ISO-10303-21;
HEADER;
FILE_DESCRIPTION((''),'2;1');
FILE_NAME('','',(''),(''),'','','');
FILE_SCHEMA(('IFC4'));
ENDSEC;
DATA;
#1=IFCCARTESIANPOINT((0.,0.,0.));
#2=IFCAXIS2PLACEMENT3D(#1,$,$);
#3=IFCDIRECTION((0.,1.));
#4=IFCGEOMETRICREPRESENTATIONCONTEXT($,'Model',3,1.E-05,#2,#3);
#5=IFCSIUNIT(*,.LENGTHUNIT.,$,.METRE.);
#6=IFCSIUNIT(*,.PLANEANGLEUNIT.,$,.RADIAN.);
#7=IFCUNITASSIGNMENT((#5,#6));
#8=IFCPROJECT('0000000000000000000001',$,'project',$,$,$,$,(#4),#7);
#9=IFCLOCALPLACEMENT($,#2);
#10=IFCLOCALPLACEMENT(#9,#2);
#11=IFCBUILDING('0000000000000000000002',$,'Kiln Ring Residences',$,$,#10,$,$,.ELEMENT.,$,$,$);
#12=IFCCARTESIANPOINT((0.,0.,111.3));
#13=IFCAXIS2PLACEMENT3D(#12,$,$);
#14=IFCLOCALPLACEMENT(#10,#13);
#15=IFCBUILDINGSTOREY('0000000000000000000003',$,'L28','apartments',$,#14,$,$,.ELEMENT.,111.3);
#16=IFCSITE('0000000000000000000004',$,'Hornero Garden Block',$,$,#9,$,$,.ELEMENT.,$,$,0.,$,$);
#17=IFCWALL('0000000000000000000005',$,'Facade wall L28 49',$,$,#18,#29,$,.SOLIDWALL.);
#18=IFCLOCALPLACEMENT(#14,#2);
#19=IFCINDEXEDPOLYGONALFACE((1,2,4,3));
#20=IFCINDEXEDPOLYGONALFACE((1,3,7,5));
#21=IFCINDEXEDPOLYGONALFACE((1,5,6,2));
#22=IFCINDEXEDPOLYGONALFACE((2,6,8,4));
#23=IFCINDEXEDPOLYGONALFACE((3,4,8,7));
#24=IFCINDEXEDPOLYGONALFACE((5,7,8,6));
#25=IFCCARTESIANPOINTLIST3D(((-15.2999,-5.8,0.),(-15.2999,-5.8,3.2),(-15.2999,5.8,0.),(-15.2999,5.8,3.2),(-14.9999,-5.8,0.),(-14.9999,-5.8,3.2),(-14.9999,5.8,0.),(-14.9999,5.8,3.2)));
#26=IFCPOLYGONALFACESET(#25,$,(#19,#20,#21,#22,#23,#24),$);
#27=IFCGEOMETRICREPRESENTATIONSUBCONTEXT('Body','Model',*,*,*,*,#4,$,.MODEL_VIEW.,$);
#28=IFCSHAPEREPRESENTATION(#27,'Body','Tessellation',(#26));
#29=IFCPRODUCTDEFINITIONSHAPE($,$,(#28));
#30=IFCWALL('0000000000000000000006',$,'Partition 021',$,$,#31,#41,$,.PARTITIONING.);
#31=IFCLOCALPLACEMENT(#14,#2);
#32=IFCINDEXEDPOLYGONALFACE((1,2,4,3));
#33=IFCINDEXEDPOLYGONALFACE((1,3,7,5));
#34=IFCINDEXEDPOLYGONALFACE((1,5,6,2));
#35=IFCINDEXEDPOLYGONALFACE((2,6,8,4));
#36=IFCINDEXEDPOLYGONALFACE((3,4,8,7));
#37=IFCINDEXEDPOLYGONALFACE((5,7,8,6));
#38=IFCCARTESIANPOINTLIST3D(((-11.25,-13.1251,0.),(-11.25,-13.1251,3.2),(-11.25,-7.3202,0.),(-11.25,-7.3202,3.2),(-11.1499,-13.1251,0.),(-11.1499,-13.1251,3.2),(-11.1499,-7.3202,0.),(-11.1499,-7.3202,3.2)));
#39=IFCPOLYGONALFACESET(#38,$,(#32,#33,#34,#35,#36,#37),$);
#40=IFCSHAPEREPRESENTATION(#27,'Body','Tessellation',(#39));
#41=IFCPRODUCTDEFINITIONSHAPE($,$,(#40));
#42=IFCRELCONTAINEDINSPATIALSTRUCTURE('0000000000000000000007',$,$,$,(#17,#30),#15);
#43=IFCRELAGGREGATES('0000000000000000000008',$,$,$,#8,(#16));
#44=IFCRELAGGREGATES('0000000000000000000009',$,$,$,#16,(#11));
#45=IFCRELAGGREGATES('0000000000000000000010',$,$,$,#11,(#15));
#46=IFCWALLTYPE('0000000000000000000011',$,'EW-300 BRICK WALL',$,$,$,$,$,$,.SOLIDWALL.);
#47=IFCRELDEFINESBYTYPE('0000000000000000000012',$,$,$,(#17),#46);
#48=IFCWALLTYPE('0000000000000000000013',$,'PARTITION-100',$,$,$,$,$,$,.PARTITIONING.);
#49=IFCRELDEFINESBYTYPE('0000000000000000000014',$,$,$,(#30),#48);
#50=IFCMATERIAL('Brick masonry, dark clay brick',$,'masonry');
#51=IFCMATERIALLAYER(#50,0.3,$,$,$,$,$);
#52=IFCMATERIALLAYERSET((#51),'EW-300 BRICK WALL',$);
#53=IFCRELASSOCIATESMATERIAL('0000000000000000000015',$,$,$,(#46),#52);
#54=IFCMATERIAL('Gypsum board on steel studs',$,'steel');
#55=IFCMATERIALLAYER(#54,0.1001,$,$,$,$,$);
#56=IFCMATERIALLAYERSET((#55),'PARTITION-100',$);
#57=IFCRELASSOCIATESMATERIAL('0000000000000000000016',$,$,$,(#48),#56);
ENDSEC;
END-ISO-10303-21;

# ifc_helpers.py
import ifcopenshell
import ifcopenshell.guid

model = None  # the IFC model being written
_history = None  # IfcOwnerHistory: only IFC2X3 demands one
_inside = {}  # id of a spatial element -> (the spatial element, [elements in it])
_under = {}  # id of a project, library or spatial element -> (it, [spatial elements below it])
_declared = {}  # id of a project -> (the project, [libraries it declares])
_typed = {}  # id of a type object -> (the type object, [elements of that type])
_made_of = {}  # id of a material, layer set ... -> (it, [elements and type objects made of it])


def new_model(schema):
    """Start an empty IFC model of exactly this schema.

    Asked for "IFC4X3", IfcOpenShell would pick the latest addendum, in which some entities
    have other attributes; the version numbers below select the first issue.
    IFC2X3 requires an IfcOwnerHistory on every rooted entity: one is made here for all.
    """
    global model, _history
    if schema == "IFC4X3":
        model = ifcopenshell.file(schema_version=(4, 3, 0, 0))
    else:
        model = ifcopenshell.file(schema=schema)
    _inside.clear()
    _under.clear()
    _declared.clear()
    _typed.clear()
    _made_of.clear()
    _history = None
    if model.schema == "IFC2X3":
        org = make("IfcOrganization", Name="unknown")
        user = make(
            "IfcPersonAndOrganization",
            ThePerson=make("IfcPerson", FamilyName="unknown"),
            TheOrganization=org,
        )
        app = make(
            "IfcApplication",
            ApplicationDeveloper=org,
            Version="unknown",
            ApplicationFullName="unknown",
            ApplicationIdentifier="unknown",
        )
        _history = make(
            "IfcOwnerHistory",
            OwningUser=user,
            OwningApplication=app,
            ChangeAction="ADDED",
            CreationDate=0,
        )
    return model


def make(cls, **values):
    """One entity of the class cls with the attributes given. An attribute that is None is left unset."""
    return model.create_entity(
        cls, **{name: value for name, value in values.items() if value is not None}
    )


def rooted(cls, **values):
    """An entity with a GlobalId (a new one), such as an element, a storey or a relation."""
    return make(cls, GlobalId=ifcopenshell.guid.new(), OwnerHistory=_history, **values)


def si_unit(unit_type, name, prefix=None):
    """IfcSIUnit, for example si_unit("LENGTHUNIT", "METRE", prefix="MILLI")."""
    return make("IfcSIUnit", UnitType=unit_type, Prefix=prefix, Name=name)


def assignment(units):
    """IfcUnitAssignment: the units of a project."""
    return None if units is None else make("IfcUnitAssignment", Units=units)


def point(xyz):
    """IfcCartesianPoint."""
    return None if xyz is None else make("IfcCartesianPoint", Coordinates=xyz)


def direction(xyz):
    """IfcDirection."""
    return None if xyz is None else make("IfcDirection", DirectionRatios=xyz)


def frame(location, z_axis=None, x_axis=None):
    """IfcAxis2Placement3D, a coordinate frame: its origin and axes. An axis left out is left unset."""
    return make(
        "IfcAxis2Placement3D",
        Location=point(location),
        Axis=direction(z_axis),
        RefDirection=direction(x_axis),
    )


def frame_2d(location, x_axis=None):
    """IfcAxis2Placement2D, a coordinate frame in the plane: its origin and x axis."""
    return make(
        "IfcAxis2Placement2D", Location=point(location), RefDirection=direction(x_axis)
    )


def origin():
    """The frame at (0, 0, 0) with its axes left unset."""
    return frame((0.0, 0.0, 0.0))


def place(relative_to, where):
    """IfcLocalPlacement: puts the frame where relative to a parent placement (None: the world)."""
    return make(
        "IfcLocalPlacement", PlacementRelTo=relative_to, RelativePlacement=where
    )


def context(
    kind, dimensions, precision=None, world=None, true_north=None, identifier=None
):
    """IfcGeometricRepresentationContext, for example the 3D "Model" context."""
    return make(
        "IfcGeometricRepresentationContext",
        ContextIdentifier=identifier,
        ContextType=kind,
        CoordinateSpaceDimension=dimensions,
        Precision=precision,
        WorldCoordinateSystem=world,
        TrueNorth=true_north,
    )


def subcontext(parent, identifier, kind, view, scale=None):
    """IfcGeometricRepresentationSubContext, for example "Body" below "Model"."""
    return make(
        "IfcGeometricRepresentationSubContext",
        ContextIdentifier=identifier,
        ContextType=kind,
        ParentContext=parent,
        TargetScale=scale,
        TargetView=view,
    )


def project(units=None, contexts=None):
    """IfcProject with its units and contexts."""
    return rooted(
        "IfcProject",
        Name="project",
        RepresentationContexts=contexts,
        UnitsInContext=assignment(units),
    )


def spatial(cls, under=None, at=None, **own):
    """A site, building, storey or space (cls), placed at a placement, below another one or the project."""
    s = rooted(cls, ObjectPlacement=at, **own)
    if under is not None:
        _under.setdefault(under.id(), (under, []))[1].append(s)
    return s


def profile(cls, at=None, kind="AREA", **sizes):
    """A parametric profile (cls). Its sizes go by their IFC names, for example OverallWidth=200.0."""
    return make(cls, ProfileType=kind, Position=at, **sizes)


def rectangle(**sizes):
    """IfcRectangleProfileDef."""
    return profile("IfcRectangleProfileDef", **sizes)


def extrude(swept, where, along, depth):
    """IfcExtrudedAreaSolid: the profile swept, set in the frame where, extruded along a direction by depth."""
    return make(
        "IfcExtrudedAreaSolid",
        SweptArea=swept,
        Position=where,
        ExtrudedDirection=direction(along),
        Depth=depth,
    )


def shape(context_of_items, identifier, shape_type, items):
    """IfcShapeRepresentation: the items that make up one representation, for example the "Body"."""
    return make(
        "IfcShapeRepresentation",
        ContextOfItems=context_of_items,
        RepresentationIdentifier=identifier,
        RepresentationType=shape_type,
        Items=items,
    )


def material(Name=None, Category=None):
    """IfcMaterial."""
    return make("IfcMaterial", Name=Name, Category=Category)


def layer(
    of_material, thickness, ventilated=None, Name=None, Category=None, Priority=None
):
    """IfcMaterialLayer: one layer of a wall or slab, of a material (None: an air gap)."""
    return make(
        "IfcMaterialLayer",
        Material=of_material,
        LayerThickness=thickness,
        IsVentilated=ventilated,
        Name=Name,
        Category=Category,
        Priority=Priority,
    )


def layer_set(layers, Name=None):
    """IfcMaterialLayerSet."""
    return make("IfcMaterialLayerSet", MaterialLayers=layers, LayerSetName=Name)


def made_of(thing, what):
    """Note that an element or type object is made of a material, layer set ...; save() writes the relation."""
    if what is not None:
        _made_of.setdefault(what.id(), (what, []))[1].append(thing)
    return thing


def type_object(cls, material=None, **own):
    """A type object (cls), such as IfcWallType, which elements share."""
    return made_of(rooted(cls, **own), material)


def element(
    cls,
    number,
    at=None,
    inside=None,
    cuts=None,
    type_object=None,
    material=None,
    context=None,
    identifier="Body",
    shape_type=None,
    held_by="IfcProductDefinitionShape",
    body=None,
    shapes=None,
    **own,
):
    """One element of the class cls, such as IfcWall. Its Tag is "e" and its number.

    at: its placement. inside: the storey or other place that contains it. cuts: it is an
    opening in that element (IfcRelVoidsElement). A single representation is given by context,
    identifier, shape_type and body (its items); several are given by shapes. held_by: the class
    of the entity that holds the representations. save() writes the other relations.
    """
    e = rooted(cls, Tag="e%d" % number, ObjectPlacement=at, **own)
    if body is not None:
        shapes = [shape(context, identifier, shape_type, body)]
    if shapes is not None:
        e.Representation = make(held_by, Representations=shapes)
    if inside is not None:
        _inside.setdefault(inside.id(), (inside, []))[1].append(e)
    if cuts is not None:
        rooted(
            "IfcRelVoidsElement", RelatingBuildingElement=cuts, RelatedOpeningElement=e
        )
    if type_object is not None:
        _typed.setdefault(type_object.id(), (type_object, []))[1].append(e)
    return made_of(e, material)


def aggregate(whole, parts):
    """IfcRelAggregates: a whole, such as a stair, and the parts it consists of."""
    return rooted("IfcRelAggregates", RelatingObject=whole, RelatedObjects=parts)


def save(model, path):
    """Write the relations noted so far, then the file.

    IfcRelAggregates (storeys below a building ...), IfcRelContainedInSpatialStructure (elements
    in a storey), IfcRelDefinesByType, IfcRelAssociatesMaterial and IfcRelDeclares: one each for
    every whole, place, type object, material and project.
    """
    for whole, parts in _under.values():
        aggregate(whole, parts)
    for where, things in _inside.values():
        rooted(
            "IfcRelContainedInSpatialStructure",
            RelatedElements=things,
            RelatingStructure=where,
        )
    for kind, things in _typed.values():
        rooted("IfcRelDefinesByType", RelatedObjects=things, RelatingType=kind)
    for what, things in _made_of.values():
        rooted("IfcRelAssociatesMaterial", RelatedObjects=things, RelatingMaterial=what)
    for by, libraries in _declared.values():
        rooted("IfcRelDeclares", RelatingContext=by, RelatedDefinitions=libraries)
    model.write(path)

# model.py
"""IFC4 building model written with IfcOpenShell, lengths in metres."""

from ifc_helpers import new_model, si_unit, direction, frame, frame_2d, origin, place, context, subcontext, project, spatial, rectangle, extrude, material, layer, layer_set, type_object, element, save


model = new_model("IFC4")

# Units and contexts
model_context = context("Model", 3, precision=1e-05, world=origin(), true_north=direction((0.0, 1.0)))
body_context = subcontext(model_context, "Body", "Model", "MODEL_VIEW")
ifc_project = project(units=[si_unit("LENGTHUNIT", "METRE"), si_unit("PLANEANGLEUNIT", "RADIAN")], contexts=[model_context])

# Site, building, storey
site_placement = place(None, origin())
site = spatial("IfcSite", under=ifc_project, at=site_placement, Name="Hornero Garden Block", CompositionType="ELEMENT", RefElevation=0.0)
building_placement = place(site_placement, origin())
building = spatial("IfcBuilding", under=site, at=building_placement, Name="Kiln Ring Residences", CompositionType="ELEMENT")
storey_placement = place(building_placement, frame((0.0, 0.0, 111.3)))
storey = spatial("IfcBuildingStorey", under=building, at=storey_placement, Name="L28", Description="apartments", CompositionType="ELEMENT", Elevation=111.3)

# Walls
ifc_material_1 = material(Name="Brick masonry, dark clay brick", Category="masonry")
ifc_layer_1 = layer(ifc_material_1, 0.3)
ifc_layer_set_1 = layer_set([ifc_layer_1], Name="EW-300 BRICK WALL")
wall_type_1 = type_object("IfcWallType", Name="EW-300 BRICK WALL", PredefinedType="SOLIDWALL", material=ifc_layer_set_1)
wall_1_placement = place(storey_placement, frame((-15.1499, -5.8, 0.0), z_axis=(0.0, 0.0, 1.0), x_axis=(0.0, 1.0, 0.0)))
element("IfcWall", 1, at=wall_1_placement, inside=storey, type_object=wall_type_1, Name="Facade wall L28 49", PredefinedType="SOLIDWALL", context=body_context, shape_type="SweptSolid", body=[
    extrude(rectangle(XDim=11.6001, YDim=0.3, at=frame_2d((5.8, 0.0))), origin(), (0.0, 0.0, 1.0), 3.2),
])
ifc_material_2 = material(Name="Gypsum board on steel studs", Category="steel")
ifc_layer_2 = layer(ifc_material_2, 0.1001)
ifc_layer_set_2 = layer_set([ifc_layer_2], Name="PARTITION-100")
wall_type_2 = type_object("IfcWallType", Name="PARTITION-100", PredefinedType="PARTITIONING", material=ifc_layer_set_2)
wall_2_placement = place(storey_placement, frame((-11.2, -13.125, 0.0), z_axis=(0.0, 0.0, 1.0), x_axis=(0.0, 1.0, 0.0)))
element("IfcWall", 2, at=wall_2_placement, inside=storey, type_object=wall_type_2, Name="Partition 021", PredefinedType="PARTITIONING", context=body_context, shape_type="SweptSolid", body=[
    extrude(rectangle(XDim=5.8049, YDim=0.1001, at=frame_2d((2.9023, 0.0))), origin(), (0.0, 0.0, 1.0), 3.2),
])

save(model, "model.ifc")
